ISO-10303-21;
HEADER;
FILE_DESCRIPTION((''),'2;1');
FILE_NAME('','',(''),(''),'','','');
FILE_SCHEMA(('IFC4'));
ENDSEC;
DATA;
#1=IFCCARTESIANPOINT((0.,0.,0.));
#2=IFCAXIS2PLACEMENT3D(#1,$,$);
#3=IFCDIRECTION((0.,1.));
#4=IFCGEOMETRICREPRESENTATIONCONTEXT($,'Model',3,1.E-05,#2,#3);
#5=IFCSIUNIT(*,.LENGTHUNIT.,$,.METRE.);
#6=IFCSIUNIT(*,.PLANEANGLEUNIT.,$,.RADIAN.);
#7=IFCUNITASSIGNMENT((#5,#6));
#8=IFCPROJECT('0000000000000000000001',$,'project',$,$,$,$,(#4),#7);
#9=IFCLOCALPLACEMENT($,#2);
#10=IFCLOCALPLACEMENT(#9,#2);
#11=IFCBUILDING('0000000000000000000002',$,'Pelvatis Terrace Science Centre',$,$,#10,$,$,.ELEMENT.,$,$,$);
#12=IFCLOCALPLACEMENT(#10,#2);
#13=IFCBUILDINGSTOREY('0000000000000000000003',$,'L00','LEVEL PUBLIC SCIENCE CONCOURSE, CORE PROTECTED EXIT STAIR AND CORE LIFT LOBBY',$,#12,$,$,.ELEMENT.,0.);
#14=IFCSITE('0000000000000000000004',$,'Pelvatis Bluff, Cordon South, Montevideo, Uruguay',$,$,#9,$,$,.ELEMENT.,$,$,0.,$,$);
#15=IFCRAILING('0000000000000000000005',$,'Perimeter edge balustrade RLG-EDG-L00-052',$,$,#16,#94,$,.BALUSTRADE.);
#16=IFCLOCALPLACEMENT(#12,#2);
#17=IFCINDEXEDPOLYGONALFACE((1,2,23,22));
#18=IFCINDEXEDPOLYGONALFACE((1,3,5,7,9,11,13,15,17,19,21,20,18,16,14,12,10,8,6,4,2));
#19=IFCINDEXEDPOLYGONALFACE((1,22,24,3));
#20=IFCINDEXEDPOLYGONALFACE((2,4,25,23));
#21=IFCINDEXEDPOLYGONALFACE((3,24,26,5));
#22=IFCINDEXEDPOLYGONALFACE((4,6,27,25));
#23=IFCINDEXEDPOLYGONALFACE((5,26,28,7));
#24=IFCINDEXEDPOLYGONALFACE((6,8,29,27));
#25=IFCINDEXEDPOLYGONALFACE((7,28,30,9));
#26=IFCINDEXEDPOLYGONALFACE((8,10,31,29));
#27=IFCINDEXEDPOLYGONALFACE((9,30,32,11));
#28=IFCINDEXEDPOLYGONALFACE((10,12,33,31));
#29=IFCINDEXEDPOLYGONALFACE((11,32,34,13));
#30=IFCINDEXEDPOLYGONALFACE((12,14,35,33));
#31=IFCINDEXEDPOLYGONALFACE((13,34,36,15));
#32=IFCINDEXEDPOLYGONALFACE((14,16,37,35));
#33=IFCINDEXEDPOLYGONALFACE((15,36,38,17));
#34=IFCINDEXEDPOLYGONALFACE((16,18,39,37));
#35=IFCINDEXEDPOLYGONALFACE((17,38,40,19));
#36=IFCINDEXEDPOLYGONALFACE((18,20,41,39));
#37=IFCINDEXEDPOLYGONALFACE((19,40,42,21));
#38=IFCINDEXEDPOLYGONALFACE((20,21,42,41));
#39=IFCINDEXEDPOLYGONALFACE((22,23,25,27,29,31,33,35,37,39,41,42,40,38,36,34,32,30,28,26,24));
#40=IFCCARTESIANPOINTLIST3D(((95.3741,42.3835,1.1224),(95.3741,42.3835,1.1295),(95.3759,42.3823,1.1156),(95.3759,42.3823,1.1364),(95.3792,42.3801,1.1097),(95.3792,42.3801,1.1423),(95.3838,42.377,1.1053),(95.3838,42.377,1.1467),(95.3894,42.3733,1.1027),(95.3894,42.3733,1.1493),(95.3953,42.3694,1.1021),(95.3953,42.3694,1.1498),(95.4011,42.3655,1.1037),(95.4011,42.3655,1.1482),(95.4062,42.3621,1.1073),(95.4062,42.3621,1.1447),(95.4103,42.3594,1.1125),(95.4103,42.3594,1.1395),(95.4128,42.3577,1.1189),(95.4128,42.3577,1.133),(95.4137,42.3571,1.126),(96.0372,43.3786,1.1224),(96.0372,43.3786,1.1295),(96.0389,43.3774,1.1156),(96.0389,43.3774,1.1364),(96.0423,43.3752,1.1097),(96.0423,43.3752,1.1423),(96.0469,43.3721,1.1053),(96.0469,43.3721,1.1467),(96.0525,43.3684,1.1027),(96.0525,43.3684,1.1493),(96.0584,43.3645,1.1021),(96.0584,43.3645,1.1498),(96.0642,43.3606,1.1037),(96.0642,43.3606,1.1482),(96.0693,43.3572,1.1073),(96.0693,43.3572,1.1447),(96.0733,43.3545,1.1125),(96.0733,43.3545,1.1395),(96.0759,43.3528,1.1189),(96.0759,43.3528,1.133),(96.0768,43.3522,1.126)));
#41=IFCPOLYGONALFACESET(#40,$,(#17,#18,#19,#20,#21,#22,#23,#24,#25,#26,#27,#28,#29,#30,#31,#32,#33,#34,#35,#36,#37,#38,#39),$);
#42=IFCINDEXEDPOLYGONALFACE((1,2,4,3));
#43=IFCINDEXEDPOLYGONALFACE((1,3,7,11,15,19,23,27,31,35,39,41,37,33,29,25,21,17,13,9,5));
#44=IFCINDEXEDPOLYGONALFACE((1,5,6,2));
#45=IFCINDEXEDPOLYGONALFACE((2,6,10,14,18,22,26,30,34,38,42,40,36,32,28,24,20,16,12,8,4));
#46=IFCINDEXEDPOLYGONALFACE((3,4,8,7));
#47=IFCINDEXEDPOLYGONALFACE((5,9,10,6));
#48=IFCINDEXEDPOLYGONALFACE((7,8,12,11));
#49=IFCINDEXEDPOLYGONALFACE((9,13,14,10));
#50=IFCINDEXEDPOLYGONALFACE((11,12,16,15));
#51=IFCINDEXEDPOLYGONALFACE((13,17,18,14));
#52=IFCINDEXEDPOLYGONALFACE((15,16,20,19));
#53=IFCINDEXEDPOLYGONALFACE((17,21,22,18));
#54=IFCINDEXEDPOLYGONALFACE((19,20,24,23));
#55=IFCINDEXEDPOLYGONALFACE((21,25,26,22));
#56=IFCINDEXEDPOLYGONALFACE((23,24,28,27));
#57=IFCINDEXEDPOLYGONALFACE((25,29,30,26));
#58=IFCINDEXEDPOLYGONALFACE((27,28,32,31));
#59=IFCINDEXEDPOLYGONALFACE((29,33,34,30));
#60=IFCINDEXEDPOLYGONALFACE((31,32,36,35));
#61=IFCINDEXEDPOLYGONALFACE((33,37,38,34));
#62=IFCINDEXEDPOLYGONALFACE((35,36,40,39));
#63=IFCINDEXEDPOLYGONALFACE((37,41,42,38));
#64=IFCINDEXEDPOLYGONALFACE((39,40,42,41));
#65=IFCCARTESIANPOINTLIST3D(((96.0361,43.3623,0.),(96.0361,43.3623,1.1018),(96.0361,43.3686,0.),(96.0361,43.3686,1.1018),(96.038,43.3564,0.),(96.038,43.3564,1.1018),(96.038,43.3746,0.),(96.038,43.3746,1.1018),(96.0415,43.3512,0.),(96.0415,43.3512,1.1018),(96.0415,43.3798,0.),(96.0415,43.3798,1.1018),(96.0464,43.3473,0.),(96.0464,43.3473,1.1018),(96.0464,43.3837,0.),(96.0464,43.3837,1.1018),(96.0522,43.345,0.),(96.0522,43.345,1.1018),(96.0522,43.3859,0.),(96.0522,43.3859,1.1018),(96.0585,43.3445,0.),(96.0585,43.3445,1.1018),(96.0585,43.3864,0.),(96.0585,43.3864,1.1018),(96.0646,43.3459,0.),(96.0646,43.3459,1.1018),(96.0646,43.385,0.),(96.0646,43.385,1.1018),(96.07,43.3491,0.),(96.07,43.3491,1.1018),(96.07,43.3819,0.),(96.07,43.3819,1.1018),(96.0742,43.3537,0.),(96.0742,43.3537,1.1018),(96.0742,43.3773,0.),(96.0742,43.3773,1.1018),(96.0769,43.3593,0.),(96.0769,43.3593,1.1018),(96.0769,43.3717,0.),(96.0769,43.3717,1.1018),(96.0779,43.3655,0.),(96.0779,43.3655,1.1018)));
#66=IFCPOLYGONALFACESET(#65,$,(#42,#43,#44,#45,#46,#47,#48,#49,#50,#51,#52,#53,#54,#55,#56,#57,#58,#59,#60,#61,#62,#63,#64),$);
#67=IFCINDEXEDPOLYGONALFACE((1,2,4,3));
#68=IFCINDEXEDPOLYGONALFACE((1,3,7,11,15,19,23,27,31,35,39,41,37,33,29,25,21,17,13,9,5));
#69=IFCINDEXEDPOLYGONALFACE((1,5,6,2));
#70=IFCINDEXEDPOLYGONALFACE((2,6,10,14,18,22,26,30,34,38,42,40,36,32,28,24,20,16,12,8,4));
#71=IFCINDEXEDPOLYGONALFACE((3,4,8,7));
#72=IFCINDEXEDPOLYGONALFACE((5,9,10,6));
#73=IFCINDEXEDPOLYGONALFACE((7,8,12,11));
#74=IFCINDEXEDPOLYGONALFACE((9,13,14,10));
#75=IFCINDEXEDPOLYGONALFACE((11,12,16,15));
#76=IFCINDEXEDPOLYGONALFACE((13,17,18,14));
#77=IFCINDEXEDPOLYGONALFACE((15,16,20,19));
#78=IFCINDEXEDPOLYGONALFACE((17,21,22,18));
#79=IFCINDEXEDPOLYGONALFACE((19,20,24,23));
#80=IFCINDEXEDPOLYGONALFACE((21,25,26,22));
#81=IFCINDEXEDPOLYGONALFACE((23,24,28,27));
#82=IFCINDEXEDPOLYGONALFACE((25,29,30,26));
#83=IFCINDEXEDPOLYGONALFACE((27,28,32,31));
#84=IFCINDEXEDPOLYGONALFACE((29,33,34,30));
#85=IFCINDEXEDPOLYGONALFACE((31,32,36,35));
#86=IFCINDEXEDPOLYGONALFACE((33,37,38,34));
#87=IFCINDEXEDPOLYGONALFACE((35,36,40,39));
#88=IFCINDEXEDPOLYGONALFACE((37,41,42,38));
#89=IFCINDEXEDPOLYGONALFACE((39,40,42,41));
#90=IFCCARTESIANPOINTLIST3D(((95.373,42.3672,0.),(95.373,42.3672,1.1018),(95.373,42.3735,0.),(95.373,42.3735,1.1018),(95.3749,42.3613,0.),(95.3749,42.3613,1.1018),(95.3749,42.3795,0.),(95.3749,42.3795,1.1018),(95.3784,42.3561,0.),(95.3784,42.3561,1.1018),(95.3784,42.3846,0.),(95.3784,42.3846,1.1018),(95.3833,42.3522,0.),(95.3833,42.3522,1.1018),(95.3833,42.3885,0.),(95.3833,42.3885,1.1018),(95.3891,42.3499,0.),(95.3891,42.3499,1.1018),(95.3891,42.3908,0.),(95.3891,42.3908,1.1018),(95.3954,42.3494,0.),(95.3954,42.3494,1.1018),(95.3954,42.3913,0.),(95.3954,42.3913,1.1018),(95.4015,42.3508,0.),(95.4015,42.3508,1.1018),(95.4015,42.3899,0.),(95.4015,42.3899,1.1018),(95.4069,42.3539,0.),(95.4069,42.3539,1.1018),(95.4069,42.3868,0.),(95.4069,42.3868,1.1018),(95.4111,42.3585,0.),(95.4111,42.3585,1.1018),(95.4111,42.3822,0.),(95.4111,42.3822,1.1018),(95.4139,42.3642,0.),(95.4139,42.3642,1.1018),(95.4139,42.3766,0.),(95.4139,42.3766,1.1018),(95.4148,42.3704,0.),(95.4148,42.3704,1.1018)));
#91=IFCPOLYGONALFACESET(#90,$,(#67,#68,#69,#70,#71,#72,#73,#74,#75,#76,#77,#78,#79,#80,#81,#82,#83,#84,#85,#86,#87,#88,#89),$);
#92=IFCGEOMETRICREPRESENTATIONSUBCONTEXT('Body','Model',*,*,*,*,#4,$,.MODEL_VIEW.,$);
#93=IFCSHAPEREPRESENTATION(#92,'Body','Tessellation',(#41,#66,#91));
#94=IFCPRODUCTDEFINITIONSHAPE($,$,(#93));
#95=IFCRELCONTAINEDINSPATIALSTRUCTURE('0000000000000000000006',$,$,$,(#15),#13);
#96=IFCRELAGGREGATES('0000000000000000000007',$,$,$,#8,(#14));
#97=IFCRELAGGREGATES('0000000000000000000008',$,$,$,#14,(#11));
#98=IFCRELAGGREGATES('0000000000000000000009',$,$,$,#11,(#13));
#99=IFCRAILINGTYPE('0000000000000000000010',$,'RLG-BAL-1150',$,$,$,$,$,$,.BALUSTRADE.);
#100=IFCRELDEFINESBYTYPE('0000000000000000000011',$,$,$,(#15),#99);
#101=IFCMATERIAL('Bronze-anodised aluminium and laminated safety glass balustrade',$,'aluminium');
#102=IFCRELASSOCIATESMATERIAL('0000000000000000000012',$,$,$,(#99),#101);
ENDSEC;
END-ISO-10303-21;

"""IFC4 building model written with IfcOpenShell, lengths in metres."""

from ifc_helpers import new_model, si_unit, direction, frame, origin, origin_2d, place, context, subcontext, project, spatial, circle, extrude, material, type_object, element, save


model = new_model("IFC4")

# Units and contexts
model_context = context("Model", 3, precision=1e-05, world=origin(), true_north=direction((0.0, 1.0)))
body_context = subcontext(model_context, "Body", "Model", "MODEL_VIEW")
ifc_project = project(units=[si_unit("LENGTHUNIT", "METRE"), si_unit("PLANEANGLEUNIT", "RADIAN")], contexts=[model_context])

# Site, building, storey
site_placement = place(None, origin())
site = spatial("IfcSite", under=ifc_project, at=site_placement, Name="Pelvatis Bluff, Cordon South, Montevideo, Uruguay", CompositionType="ELEMENT", RefElevation=0.0)
building_placement = place(site_placement, origin())
building = spatial("IfcBuilding", under=site, at=building_placement, Name="Pelvatis Terrace Science Centre", CompositionType="ELEMENT")
storey_placement = place(building_placement, origin())
storey = spatial("IfcBuildingStorey", under=building, at=storey_placement, Name="L00", Description="LEVEL PUBLIC SCIENCE CONCOURSE, CORE PROTECTED EXIT STAIR AND CORE LIFT LOBBY", CompositionType="ELEMENT", Elevation=0.0)

# Railing
ifc_material_1 = material(Name="Bronze-anodised aluminium and laminated safety glass balustrade", Category="aluminium")
railing_type = type_object("IfcRailingType", Name="RLG-BAL-1150", PredefinedType="BALUSTRADE", material=ifc_material_1)
railing_1_placement = place(storey_placement, frame((96.0569, 43.3655, 0.0)))
element("IfcRailing", 1, at=railing_1_placement, inside=storey, type_object=railing_type, Name="Perimeter edge balustrade RLG-EDG-L00-052", PredefinedType="BALUSTRADE", context=body_context, shape_type="SweptSolid", body=[
    extrude(circle(Radius=0.0239, at=origin_2d()), frame((0.0, 0.0, 1.126), z_axis=(-0.554512, -0.832176, 0.0), x_axis=(0.832176, -0.554512, 0.0)), (0.0, 0.0, 1.0), 1.1958),
    extrude(circle(Radius=0.021, at=origin_2d()), origin(), (0.0, 0.0, 1.0), 1.1018),
    extrude(circle(Radius=0.021, at=origin_2d()), frame((-0.6631, -0.9951, 0.0)), (0.0, 0.0, 1.0), 1.1018),
])

save(model, "model.ifc")
